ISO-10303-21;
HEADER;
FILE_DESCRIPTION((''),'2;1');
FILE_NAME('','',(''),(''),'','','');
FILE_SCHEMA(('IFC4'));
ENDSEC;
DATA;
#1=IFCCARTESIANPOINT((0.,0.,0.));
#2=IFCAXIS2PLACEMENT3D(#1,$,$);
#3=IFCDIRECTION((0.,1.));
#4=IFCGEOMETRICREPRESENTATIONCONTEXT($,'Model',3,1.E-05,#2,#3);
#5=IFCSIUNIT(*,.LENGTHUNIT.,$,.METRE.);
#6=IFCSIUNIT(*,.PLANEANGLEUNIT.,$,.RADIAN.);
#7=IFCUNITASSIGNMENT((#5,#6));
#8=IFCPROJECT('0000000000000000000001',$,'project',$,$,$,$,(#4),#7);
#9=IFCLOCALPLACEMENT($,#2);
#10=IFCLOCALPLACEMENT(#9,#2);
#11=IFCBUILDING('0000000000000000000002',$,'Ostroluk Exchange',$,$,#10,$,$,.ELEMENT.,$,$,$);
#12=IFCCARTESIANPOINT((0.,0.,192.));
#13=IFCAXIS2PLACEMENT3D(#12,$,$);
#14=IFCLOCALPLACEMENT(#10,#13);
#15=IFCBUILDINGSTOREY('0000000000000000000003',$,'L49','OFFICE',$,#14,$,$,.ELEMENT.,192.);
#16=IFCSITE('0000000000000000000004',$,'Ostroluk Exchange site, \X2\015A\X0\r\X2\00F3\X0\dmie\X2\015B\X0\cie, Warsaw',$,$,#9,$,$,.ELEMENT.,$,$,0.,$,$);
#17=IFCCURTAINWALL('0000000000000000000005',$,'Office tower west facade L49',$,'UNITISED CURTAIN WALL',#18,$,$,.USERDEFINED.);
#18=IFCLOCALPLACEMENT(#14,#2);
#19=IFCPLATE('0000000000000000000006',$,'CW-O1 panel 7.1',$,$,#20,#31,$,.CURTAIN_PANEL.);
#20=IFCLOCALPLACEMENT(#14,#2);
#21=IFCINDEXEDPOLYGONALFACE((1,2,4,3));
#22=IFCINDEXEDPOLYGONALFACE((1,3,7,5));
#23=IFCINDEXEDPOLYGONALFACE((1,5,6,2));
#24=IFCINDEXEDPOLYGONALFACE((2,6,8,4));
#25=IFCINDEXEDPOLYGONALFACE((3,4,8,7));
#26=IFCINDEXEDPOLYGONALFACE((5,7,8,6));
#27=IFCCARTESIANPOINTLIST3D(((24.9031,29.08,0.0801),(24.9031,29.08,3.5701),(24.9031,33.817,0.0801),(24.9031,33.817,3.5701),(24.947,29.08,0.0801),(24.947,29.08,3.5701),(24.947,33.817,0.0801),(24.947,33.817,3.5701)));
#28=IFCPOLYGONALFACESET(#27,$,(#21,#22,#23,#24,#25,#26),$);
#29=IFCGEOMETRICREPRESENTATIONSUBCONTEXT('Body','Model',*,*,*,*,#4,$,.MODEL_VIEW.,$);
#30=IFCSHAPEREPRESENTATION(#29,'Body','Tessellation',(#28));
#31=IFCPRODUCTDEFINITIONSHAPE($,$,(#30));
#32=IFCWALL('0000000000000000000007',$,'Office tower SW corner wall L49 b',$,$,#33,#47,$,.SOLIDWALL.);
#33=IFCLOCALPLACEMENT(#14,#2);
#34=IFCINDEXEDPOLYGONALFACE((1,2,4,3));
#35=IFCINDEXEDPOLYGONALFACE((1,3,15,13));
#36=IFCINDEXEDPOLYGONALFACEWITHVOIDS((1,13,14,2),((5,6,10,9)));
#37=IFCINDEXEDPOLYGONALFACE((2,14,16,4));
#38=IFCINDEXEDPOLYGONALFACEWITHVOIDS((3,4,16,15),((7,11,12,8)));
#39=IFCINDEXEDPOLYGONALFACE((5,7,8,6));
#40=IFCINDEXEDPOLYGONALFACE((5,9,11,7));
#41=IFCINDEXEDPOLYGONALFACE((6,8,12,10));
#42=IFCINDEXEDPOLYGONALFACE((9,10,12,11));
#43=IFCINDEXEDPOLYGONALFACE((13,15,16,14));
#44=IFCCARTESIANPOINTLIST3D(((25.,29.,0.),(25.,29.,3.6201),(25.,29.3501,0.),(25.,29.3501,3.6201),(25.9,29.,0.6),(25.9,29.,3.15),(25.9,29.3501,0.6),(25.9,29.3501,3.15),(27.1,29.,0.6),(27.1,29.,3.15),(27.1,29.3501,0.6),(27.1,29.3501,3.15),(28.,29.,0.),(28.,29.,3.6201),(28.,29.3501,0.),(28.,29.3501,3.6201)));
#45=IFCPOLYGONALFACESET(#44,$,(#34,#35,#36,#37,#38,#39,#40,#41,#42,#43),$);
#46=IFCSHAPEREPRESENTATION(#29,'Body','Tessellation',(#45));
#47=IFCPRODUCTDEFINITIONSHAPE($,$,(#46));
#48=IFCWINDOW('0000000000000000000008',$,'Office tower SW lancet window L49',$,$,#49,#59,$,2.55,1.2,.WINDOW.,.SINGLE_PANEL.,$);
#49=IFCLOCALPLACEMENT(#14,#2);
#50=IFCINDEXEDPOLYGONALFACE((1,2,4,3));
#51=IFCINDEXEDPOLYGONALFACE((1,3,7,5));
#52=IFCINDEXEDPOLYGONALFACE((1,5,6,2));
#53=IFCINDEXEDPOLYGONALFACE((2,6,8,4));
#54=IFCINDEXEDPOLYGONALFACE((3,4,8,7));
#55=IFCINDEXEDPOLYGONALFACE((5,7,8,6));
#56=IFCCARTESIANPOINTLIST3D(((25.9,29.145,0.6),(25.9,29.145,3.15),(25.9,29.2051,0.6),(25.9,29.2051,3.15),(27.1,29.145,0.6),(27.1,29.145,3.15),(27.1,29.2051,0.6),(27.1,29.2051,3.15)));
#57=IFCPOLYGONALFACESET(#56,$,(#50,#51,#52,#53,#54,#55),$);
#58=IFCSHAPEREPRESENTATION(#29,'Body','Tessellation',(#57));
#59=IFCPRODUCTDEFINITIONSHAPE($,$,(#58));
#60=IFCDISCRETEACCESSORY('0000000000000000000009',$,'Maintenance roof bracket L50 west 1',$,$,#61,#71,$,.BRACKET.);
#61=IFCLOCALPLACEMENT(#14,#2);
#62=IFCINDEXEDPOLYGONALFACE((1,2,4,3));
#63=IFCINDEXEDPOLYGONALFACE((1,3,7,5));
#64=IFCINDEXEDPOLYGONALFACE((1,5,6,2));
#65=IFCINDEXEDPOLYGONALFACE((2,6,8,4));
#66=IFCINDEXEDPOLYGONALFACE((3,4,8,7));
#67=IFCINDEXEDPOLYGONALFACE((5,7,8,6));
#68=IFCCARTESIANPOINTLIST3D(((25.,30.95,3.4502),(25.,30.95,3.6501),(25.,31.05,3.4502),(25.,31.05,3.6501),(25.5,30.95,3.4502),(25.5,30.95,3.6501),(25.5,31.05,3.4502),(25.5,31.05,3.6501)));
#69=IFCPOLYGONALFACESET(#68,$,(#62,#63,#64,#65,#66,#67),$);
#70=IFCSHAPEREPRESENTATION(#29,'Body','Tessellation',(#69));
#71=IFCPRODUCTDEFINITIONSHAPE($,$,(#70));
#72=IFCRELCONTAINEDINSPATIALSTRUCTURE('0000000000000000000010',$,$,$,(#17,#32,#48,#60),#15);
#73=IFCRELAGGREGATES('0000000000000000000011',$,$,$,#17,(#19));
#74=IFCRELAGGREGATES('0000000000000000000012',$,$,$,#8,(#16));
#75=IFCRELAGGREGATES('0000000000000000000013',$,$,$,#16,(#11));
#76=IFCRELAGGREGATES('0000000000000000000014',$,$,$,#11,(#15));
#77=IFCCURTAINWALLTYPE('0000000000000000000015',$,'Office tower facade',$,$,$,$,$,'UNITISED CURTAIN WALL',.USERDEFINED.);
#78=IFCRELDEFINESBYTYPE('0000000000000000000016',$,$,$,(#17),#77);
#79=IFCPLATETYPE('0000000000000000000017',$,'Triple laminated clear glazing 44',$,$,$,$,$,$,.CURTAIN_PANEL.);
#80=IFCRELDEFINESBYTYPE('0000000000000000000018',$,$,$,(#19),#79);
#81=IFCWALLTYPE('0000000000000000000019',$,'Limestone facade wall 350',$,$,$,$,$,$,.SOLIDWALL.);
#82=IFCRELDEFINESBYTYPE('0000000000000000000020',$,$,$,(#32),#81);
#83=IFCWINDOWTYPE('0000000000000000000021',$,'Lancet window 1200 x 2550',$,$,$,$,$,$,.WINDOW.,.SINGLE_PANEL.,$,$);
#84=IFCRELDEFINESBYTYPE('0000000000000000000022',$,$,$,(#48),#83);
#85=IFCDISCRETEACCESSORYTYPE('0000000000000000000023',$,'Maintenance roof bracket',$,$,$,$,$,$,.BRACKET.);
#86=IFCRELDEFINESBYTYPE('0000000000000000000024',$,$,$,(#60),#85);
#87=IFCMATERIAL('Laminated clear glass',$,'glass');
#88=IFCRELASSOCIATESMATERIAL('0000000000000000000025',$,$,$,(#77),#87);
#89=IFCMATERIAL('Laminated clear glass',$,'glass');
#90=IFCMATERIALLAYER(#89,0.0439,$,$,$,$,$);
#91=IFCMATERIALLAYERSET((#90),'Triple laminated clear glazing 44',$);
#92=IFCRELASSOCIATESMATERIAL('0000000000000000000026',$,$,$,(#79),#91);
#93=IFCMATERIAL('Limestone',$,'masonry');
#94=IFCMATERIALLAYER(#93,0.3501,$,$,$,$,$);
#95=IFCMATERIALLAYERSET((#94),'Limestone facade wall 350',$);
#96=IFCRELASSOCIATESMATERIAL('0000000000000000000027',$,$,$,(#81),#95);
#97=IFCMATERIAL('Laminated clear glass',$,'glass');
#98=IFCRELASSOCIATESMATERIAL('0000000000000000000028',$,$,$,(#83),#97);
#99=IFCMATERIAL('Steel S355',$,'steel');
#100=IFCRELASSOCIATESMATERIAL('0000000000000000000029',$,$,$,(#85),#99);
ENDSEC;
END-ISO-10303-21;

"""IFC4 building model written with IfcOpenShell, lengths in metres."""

from ifc_helpers import new_model, si_unit, direction, frame, frame_2d, origin, origin_2d, place, context, subcontext, project, spatial, rectangle, extrude, material, layer, layer_set, type_object, element, fill, aggregate, save


model = new_model("IFC4")

# Units and contexts
model_context = context("Model", 3, precision=1e-05, world=origin(), true_north=direction((0.0, 1.0)))
body_context = subcontext(model_context, "Body", "Model", "MODEL_VIEW")
ifc_project = project(units=[si_unit("LENGTHUNIT", "METRE"), si_unit("PLANEANGLEUNIT", "RADIAN")], contexts=[model_context])

# Site, building, storey
site_placement = place(None, origin())
site = spatial("IfcSite", under=ifc_project, at=site_placement, Name="Ostroluk Exchange site, Śródmieście, Warsaw", CompositionType="ELEMENT", RefElevation=0.0)
building_placement = place(site_placement, origin())
building = spatial("IfcBuilding", under=site, at=building_placement, Name="Ostroluk Exchange", CompositionType="ELEMENT")
storey_placement = place(building_placement, frame((0.0, 0.0, 192.0)))
storey = spatial("IfcBuildingStorey", under=building, at=storey_placement, Name="L49", Description="OFFICE", CompositionType="ELEMENT", Elevation=192.0)

# Shared definitions
ifc_material_1 = material(Name="Laminated clear glass", Category="glass")
curtain_wall_type = type_object("IfcCurtainWallType", Name="Office tower facade", ElementType="UNITISED CURTAIN WALL", PredefinedType="USERDEFINED", material=ifc_material_1)

# Curtain wall
curtain_wall_1_placement = place(storey_placement, origin())
curtain_wall_1 = element("IfcCurtainWall", 1, at=curtain_wall_1_placement, inside=storey, type_object=curtain_wall_type, Name="Office tower west facade L49", ObjectType="UNITISED CURTAIN WALL", PredefinedType="USERDEFINED")

# Plate
ifc_material_2 = material(Name="Laminated clear glass", Category="glass")
ifc_layer_1 = layer(ifc_material_2, 0.0439)
ifc_layer_set_1 = layer_set([ifc_layer_1], Name="Triple laminated clear glazing 44")
plate_type_1 = type_object("IfcPlateType", Name="Triple laminated clear glazing 44", PredefinedType="CURTAIN_PANEL", material=ifc_layer_set_1)
plate_1_placement = place(storey_placement, frame((24.925, 31.4485, 0.0801), z_axis=(0.0, 0.0, 1.0), x_axis=(0.0, -1.0, 0.0)))
plate_1 = element("IfcPlate", 2, at=plate_1_placement, type_object=plate_type_1, Name="CW-O1 panel 7.1", PredefinedType="CURTAIN_PANEL", context=body_context, shape_type="SweptSolid", body=[
    extrude(rectangle(XDim=4.7371, YDim=0.0439, at=origin_2d()), origin(), (0.0, 0.0, 1.0), 3.49),
])
aggregate(curtain_wall_1, [plate_1])

# Shared definitions
ifc_material_3 = material(Name="Limestone", Category="masonry")
ifc_layer_2 = layer(ifc_material_3, 0.3501)
ifc_layer_set_2 = layer_set([ifc_layer_2], Name="Limestone facade wall 350")
wall_type = type_object("IfcWallType", Name="Limestone facade wall 350", PredefinedType="SOLIDWALL", material=ifc_layer_set_2)

# Wall, opening, window
wall_1_placement = place(storey_placement, frame((28.0, 29.175, 0.0), z_axis=(0.0, 0.0, 1.0), x_axis=(-1.0, 0.0, 0.0)))
wall_1 = element("IfcWall", 3, at=wall_1_placement, inside=storey, type_object=wall_type, Name="Office tower SW corner wall L49 b", PredefinedType="SOLIDWALL", context=body_context, shape_type="SweptSolid", body=[
    extrude(rectangle(XDim=3.0, YDim=0.3501, at=frame_2d((1.5, 0.0))), origin(), (0.0, 0.0, 1.0), 3.6201),
])
opening_1_placement = place(wall_1_placement, frame((0.8999, 0.0, 0.6001)))
opening_1 = element("IfcOpeningElement", 4, at=opening_1_placement, cuts=wall_1, PredefinedType="OPENING", context=body_context, shape_type="SweptSolid", body=[
    extrude(rectangle(XDim=1.2, YDim=2.55, at=frame_2d((0.6001, 1.2749))), frame((0.0, 0.1851, 0.0), z_axis=(0.0, -1.0, 0.0), x_axis=(1.0, 0.0, 0.0)), (0.0, 0.0, 1.0), 0.3701),
])
ifc_material_4 = material(Name="Laminated clear glass", Category="glass")
window_type = type_object("IfcWindowType", Name="Lancet window 1200 x 2550", PartitioningType="SINGLE_PANEL", PredefinedType="WINDOW", material=ifc_material_4)
window_placement = place(opening_1_placement, origin())
window = element("IfcWindow", 5, at=window_placement, inside=storey, type_object=window_type, Name="Office tower SW lancet window L49", OverallHeight=2.55, OverallWidth=1.2, PartitioningType="SINGLE_PANEL", PredefinedType="WINDOW", context=body_context, shape_type="SweptSolid", body=[
    extrude(rectangle(XDim=1.2, YDim=2.55, at=frame_2d((0.6001, 1.2749))), frame((0.0, 0.03, 0.0), z_axis=(0.0, -1.0, 0.0), x_axis=(1.0, 0.0, 0.0)), (0.0, 0.0, 1.0), 0.0601),
])
fill(opening_1, window)

# Discrete accessory
ifc_material_5 = material(Name="Steel S355", Category="steel")
discrete_accessory_type = type_object("IfcDiscreteAccessoryType", Name="Maintenance roof bracket", PredefinedType="BRACKET", material=ifc_material_5)
discrete_accessory_placement = place(storey_placement, frame((25.25, 31.0, 3.4502), z_axis=(0.0, 0.0, 1.0), x_axis=(1.0, 0.0, 0.0)))
element("IfcDiscreteAccessory", 6, at=discrete_accessory_placement, inside=storey, type_object=discrete_accessory_type, Name="Maintenance roof bracket L50 west 1", PredefinedType="BRACKET", context=body_context, shape_type="SweptSolid", body=[
    extrude(rectangle(XDim=0.5, YDim=0.1001, at=origin_2d()), origin(), (0.0, 0.0, 1.0), 0.2),
])

save(model, "model.ifc")
